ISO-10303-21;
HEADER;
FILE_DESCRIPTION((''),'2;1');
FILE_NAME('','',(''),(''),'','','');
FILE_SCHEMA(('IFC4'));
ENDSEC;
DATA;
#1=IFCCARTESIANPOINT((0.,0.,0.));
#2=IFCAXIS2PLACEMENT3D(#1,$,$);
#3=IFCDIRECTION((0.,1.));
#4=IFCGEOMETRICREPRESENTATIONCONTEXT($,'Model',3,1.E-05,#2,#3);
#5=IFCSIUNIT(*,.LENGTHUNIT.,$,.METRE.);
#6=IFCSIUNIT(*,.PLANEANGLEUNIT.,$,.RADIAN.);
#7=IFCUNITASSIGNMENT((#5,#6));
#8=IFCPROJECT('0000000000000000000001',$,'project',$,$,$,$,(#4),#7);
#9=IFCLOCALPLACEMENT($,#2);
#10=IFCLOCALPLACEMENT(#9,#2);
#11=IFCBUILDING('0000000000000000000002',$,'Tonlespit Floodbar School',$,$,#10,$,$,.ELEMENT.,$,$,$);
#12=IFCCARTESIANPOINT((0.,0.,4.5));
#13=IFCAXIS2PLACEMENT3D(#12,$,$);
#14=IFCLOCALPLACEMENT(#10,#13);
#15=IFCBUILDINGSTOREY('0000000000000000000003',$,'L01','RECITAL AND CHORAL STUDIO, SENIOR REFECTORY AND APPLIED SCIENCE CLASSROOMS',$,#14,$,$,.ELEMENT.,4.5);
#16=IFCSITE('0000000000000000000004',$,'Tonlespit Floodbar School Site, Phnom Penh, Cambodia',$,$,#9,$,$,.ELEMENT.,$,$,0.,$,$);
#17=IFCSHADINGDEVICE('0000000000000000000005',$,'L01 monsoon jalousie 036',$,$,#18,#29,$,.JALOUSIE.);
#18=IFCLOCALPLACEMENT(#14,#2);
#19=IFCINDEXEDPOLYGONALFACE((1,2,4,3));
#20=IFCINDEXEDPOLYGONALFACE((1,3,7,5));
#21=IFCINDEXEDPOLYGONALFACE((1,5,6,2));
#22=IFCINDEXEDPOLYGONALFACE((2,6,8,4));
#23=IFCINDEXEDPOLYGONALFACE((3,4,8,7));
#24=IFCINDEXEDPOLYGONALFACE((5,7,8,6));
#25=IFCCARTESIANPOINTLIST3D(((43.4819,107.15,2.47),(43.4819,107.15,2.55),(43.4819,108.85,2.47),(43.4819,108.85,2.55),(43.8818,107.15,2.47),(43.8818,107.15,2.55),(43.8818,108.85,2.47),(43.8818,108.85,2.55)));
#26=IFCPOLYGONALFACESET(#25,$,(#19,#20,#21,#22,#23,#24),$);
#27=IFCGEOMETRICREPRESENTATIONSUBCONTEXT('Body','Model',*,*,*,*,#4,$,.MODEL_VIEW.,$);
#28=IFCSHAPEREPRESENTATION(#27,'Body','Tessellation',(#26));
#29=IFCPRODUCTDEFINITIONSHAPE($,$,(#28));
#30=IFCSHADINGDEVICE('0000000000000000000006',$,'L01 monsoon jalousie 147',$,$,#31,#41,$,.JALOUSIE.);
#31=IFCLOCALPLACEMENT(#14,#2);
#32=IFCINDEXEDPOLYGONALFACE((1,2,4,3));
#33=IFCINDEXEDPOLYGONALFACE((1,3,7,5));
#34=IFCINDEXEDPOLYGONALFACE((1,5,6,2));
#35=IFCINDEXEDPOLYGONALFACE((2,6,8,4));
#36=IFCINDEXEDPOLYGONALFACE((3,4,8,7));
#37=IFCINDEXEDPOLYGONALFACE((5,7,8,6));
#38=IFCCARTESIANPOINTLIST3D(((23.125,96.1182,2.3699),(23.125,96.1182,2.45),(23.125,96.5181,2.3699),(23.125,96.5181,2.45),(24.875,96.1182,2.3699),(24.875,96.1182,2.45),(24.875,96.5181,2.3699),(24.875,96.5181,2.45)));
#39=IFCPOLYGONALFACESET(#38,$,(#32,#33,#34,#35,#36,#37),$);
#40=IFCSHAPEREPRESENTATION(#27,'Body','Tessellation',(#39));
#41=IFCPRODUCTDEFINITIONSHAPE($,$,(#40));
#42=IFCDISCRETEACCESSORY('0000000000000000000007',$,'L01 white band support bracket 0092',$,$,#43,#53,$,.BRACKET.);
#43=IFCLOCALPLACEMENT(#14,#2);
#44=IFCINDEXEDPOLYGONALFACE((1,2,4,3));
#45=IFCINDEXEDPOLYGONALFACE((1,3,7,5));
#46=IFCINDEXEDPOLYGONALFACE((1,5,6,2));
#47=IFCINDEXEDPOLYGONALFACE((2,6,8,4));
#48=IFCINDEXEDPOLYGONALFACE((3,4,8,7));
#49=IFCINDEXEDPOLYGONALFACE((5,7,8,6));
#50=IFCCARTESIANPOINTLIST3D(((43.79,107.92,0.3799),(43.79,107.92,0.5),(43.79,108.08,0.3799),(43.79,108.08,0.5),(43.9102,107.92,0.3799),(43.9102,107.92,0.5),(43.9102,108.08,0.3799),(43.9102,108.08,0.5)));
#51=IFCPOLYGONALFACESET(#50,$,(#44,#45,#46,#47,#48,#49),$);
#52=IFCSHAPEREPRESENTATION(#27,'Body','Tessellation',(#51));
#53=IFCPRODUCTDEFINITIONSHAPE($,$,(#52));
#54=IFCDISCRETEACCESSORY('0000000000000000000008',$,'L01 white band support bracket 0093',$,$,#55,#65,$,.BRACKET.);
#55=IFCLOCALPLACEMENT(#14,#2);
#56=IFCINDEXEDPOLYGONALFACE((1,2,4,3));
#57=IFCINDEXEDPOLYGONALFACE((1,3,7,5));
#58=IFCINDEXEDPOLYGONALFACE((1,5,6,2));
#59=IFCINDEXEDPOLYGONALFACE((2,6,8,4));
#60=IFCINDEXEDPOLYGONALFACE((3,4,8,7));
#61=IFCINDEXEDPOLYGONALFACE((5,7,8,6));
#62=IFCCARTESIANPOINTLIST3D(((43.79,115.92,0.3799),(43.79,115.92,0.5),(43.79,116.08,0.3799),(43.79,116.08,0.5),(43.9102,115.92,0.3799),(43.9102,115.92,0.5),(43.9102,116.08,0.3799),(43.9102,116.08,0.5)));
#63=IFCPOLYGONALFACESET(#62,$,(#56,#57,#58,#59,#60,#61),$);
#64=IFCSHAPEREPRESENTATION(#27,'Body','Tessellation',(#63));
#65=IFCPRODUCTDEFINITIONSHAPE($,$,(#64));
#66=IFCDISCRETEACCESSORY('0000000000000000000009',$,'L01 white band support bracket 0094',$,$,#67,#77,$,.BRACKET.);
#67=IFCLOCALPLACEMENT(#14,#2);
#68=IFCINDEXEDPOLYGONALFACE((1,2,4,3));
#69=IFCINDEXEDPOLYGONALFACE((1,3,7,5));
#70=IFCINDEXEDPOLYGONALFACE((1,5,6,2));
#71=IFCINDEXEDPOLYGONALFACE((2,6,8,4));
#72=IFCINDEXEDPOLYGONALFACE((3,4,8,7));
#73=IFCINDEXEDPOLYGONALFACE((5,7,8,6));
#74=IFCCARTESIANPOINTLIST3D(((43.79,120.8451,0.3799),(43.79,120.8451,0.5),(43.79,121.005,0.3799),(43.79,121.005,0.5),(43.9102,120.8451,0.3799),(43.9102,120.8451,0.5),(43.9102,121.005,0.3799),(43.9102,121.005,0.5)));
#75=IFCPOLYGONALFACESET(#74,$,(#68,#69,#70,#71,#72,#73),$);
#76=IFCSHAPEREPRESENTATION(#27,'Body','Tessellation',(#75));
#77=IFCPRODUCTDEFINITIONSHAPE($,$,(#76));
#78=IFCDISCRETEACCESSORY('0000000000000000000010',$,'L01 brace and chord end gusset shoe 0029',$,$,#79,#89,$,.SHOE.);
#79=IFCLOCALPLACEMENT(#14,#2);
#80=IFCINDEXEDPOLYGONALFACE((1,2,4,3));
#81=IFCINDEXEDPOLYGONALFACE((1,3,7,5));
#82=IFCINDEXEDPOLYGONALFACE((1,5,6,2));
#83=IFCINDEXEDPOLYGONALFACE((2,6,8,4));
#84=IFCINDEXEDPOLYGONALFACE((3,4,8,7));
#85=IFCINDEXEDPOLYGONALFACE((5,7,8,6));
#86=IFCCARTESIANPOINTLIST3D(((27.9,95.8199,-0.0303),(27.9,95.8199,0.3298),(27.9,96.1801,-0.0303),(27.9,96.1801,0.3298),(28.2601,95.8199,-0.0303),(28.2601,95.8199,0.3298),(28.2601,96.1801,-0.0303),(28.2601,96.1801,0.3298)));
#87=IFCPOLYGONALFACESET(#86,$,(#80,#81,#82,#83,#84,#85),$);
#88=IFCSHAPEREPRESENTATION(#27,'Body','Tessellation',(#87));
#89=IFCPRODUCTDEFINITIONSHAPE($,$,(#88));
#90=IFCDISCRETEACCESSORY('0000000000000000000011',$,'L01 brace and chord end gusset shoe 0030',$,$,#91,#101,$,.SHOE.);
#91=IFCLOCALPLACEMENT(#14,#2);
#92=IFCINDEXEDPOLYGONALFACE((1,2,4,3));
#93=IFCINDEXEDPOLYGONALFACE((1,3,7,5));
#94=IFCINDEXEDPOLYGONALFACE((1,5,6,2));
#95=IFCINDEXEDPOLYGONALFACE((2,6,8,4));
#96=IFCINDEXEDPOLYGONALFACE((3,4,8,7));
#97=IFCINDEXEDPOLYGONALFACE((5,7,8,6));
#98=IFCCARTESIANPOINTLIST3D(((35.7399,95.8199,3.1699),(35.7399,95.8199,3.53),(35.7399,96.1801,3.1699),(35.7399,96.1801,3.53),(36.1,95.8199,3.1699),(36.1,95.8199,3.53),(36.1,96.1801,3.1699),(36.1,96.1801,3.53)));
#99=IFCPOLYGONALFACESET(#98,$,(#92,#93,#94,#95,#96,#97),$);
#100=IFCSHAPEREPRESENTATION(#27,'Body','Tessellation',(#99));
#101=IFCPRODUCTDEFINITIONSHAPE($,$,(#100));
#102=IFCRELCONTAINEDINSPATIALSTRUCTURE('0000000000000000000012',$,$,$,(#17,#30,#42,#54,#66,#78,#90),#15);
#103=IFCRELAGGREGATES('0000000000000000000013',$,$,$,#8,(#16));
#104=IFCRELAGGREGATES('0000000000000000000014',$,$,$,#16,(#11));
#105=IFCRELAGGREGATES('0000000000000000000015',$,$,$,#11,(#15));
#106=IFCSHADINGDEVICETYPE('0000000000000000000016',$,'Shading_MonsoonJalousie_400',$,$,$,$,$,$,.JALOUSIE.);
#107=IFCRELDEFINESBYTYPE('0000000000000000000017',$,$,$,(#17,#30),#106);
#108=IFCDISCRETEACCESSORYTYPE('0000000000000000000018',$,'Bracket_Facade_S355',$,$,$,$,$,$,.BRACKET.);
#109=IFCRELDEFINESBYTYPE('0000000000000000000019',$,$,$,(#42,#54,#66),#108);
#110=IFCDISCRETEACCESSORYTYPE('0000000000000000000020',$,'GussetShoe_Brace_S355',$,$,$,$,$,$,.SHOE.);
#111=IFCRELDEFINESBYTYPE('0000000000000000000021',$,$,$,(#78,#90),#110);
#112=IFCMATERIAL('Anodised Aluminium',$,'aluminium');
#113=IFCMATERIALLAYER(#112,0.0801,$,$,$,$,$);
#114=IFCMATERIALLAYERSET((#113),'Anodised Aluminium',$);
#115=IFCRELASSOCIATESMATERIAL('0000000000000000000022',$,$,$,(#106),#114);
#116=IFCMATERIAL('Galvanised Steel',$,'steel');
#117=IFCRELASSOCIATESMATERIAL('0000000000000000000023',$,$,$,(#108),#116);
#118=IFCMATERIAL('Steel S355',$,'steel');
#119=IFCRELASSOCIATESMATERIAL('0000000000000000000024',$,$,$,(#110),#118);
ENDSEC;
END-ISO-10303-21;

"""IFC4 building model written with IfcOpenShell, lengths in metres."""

from ifc_helpers import new_model, si_unit, direction, frame, origin, origin_2d, place, context, subcontext, project, spatial, rectangle, extrude, material, layer, layer_set, type_object, element, save


model = new_model("IFC4")

# Units and contexts
model_context = context("Model", 3, precision=1e-05, world=origin(), true_north=direction((0.0, 1.0)))
body_context = subcontext(model_context, "Body", "Model", "MODEL_VIEW")
ifc_project = project(units=[si_unit("LENGTHUNIT", "METRE"), si_unit("PLANEANGLEUNIT", "RADIAN")], contexts=[model_context])

# Site, building, storey
site_placement = place(None, origin())
site = spatial("IfcSite", under=ifc_project, at=site_placement, Name="Tonlespit Floodbar School Site, Phnom Penh, Cambodia", CompositionType="ELEMENT", RefElevation=0.0)
building_placement = place(site_placement, origin())
building = spatial("IfcBuilding", under=site, at=building_placement, Name="Tonlespit Floodbar School", CompositionType="ELEMENT")
storey_placement = place(building_placement, frame((0.0, 0.0, 4.5)))
storey = spatial("IfcBuildingStorey", under=building, at=storey_placement, Name="L01", Description="RECITAL AND CHORAL STUDIO, SENIOR REFECTORY AND APPLIED SCIENCE CLASSROOMS", CompositionType="ELEMENT", Elevation=4.5)

# Shared definitions
ifc_material_1 = material(Name="Steel S355", Category="steel")

# Shared definitions
ifc_material_2 = material(Name="Anodised Aluminium", Category="aluminium")

# Shared definitions
ifc_material_3 = material(Name="Galvanised Steel", Category="steel")

# Shading devices
ifc_layer_1 = layer(ifc_material_2, 0.0801)
ifc_layer_set_1 = layer_set([ifc_layer_1], Name="Anodised Aluminium")
shading_device_type = type_object("IfcShadingDeviceType", Name="Shading_MonsoonJalousie_400", PredefinedType="JALOUSIE", material=ifc_layer_set_1)
shading_device_1_placement = place(storey_placement, frame((43.6819, 108.0, 2.47), z_axis=(0.0, 0.0, 1.0), x_axis=(0.0, 1.0, 0.0)))
element("IfcShadingDevice", 1, at=shading_device_1_placement, inside=storey, type_object=shading_device_type, Name="L01 monsoon jalousie 036", PredefinedType="JALOUSIE", context=body_context, shape_type="SweptSolid", body=[
    extrude(rectangle(XDim=1.7, YDim=0.3999, at=origin_2d()), origin(), (0.0, 0.0, 1.0), 0.0801),
])
shading_device_2_placement = place(storey_placement, frame((24.0, 96.3181, 2.3699), z_axis=(0.0, 0.0, 1.0), x_axis=(1.0, 0.0, 0.0)))
element("IfcShadingDevice", 2, at=shading_device_2_placement, inside=storey, type_object=shading_device_type, Name="L01 monsoon jalousie 147", PredefinedType="JALOUSIE", context=body_context, shape_type="SweptSolid", body=[
    extrude(rectangle(XDim=1.75, YDim=0.3999, at=origin_2d()), origin(), (0.0, 0.0, 1.0), 0.0801),
])

# Discrete accessories
discrete_accessory_type_1 = type_object("IfcDiscreteAccessoryType", Name="Bracket_Facade_S355", PredefinedType="BRACKET", material=ifc_material_3)
for number, where, z_axis, x_axis, name in (
    (3, (43.8501, 108.0, 0.3799), (0.0, 0.0, 1.0), (0.0, 1.0, 0.0), "L01 white band support bracket 0092"),
    (4, (43.8501, 116.0, 0.3799), (0.0, 0.0, 1.0), (0.0, 1.0, 0.0), "L01 white band support bracket 0093"),
    (5, (43.8501, 120.925, 0.3799), (0.0, 0.0, 1.0), (0.0, 1.0, 0.0), "L01 white band support bracket 0094"),
):
    element("IfcDiscreteAccessory", number, at=place(storey_placement, frame(where, z_axis=z_axis, x_axis=x_axis)), inside=storey, type_object=discrete_accessory_type_1, Name=name, PredefinedType="BRACKET", context=body_context, shape_type="SweptSolid", body=[
        extrude(rectangle(XDim=0.1599, YDim=0.1201, at=origin_2d()), origin(), (0.0, 0.0, 1.0), 0.1201),
    ])
discrete_accessory_type_2 = type_object("IfcDiscreteAccessoryType", Name="GussetShoe_Brace_S355", PredefinedType="SHOE", material=ifc_material_1)
for number, where, z_axis, x_axis, name in (
    (6, (28.0801, 96.0, -0.0303), (0.0, 0.0, 1.0), (1.0, 0.0, 0.0), "L01 brace and chord end gusset shoe 0029"),
    (7, (35.9199, 96.0, 3.1699), (0.0, 0.0, 1.0), (1.0, 0.0, 0.0), "L01 brace and chord end gusset shoe 0030"),
):
    element("IfcDiscreteAccessory", number, at=place(storey_placement, frame(where, z_axis=z_axis, x_axis=x_axis)), inside=storey, type_object=discrete_accessory_type_2, Name=name, PredefinedType="SHOE", context=body_context, shape_type="SweptSolid", body=[
        extrude(rectangle(XDim=0.3601, YDim=0.3601, at=origin_2d()), origin(), (0.0, 0.0, 1.0), 0.3601),
    ])

save(model, "model.ifc")
